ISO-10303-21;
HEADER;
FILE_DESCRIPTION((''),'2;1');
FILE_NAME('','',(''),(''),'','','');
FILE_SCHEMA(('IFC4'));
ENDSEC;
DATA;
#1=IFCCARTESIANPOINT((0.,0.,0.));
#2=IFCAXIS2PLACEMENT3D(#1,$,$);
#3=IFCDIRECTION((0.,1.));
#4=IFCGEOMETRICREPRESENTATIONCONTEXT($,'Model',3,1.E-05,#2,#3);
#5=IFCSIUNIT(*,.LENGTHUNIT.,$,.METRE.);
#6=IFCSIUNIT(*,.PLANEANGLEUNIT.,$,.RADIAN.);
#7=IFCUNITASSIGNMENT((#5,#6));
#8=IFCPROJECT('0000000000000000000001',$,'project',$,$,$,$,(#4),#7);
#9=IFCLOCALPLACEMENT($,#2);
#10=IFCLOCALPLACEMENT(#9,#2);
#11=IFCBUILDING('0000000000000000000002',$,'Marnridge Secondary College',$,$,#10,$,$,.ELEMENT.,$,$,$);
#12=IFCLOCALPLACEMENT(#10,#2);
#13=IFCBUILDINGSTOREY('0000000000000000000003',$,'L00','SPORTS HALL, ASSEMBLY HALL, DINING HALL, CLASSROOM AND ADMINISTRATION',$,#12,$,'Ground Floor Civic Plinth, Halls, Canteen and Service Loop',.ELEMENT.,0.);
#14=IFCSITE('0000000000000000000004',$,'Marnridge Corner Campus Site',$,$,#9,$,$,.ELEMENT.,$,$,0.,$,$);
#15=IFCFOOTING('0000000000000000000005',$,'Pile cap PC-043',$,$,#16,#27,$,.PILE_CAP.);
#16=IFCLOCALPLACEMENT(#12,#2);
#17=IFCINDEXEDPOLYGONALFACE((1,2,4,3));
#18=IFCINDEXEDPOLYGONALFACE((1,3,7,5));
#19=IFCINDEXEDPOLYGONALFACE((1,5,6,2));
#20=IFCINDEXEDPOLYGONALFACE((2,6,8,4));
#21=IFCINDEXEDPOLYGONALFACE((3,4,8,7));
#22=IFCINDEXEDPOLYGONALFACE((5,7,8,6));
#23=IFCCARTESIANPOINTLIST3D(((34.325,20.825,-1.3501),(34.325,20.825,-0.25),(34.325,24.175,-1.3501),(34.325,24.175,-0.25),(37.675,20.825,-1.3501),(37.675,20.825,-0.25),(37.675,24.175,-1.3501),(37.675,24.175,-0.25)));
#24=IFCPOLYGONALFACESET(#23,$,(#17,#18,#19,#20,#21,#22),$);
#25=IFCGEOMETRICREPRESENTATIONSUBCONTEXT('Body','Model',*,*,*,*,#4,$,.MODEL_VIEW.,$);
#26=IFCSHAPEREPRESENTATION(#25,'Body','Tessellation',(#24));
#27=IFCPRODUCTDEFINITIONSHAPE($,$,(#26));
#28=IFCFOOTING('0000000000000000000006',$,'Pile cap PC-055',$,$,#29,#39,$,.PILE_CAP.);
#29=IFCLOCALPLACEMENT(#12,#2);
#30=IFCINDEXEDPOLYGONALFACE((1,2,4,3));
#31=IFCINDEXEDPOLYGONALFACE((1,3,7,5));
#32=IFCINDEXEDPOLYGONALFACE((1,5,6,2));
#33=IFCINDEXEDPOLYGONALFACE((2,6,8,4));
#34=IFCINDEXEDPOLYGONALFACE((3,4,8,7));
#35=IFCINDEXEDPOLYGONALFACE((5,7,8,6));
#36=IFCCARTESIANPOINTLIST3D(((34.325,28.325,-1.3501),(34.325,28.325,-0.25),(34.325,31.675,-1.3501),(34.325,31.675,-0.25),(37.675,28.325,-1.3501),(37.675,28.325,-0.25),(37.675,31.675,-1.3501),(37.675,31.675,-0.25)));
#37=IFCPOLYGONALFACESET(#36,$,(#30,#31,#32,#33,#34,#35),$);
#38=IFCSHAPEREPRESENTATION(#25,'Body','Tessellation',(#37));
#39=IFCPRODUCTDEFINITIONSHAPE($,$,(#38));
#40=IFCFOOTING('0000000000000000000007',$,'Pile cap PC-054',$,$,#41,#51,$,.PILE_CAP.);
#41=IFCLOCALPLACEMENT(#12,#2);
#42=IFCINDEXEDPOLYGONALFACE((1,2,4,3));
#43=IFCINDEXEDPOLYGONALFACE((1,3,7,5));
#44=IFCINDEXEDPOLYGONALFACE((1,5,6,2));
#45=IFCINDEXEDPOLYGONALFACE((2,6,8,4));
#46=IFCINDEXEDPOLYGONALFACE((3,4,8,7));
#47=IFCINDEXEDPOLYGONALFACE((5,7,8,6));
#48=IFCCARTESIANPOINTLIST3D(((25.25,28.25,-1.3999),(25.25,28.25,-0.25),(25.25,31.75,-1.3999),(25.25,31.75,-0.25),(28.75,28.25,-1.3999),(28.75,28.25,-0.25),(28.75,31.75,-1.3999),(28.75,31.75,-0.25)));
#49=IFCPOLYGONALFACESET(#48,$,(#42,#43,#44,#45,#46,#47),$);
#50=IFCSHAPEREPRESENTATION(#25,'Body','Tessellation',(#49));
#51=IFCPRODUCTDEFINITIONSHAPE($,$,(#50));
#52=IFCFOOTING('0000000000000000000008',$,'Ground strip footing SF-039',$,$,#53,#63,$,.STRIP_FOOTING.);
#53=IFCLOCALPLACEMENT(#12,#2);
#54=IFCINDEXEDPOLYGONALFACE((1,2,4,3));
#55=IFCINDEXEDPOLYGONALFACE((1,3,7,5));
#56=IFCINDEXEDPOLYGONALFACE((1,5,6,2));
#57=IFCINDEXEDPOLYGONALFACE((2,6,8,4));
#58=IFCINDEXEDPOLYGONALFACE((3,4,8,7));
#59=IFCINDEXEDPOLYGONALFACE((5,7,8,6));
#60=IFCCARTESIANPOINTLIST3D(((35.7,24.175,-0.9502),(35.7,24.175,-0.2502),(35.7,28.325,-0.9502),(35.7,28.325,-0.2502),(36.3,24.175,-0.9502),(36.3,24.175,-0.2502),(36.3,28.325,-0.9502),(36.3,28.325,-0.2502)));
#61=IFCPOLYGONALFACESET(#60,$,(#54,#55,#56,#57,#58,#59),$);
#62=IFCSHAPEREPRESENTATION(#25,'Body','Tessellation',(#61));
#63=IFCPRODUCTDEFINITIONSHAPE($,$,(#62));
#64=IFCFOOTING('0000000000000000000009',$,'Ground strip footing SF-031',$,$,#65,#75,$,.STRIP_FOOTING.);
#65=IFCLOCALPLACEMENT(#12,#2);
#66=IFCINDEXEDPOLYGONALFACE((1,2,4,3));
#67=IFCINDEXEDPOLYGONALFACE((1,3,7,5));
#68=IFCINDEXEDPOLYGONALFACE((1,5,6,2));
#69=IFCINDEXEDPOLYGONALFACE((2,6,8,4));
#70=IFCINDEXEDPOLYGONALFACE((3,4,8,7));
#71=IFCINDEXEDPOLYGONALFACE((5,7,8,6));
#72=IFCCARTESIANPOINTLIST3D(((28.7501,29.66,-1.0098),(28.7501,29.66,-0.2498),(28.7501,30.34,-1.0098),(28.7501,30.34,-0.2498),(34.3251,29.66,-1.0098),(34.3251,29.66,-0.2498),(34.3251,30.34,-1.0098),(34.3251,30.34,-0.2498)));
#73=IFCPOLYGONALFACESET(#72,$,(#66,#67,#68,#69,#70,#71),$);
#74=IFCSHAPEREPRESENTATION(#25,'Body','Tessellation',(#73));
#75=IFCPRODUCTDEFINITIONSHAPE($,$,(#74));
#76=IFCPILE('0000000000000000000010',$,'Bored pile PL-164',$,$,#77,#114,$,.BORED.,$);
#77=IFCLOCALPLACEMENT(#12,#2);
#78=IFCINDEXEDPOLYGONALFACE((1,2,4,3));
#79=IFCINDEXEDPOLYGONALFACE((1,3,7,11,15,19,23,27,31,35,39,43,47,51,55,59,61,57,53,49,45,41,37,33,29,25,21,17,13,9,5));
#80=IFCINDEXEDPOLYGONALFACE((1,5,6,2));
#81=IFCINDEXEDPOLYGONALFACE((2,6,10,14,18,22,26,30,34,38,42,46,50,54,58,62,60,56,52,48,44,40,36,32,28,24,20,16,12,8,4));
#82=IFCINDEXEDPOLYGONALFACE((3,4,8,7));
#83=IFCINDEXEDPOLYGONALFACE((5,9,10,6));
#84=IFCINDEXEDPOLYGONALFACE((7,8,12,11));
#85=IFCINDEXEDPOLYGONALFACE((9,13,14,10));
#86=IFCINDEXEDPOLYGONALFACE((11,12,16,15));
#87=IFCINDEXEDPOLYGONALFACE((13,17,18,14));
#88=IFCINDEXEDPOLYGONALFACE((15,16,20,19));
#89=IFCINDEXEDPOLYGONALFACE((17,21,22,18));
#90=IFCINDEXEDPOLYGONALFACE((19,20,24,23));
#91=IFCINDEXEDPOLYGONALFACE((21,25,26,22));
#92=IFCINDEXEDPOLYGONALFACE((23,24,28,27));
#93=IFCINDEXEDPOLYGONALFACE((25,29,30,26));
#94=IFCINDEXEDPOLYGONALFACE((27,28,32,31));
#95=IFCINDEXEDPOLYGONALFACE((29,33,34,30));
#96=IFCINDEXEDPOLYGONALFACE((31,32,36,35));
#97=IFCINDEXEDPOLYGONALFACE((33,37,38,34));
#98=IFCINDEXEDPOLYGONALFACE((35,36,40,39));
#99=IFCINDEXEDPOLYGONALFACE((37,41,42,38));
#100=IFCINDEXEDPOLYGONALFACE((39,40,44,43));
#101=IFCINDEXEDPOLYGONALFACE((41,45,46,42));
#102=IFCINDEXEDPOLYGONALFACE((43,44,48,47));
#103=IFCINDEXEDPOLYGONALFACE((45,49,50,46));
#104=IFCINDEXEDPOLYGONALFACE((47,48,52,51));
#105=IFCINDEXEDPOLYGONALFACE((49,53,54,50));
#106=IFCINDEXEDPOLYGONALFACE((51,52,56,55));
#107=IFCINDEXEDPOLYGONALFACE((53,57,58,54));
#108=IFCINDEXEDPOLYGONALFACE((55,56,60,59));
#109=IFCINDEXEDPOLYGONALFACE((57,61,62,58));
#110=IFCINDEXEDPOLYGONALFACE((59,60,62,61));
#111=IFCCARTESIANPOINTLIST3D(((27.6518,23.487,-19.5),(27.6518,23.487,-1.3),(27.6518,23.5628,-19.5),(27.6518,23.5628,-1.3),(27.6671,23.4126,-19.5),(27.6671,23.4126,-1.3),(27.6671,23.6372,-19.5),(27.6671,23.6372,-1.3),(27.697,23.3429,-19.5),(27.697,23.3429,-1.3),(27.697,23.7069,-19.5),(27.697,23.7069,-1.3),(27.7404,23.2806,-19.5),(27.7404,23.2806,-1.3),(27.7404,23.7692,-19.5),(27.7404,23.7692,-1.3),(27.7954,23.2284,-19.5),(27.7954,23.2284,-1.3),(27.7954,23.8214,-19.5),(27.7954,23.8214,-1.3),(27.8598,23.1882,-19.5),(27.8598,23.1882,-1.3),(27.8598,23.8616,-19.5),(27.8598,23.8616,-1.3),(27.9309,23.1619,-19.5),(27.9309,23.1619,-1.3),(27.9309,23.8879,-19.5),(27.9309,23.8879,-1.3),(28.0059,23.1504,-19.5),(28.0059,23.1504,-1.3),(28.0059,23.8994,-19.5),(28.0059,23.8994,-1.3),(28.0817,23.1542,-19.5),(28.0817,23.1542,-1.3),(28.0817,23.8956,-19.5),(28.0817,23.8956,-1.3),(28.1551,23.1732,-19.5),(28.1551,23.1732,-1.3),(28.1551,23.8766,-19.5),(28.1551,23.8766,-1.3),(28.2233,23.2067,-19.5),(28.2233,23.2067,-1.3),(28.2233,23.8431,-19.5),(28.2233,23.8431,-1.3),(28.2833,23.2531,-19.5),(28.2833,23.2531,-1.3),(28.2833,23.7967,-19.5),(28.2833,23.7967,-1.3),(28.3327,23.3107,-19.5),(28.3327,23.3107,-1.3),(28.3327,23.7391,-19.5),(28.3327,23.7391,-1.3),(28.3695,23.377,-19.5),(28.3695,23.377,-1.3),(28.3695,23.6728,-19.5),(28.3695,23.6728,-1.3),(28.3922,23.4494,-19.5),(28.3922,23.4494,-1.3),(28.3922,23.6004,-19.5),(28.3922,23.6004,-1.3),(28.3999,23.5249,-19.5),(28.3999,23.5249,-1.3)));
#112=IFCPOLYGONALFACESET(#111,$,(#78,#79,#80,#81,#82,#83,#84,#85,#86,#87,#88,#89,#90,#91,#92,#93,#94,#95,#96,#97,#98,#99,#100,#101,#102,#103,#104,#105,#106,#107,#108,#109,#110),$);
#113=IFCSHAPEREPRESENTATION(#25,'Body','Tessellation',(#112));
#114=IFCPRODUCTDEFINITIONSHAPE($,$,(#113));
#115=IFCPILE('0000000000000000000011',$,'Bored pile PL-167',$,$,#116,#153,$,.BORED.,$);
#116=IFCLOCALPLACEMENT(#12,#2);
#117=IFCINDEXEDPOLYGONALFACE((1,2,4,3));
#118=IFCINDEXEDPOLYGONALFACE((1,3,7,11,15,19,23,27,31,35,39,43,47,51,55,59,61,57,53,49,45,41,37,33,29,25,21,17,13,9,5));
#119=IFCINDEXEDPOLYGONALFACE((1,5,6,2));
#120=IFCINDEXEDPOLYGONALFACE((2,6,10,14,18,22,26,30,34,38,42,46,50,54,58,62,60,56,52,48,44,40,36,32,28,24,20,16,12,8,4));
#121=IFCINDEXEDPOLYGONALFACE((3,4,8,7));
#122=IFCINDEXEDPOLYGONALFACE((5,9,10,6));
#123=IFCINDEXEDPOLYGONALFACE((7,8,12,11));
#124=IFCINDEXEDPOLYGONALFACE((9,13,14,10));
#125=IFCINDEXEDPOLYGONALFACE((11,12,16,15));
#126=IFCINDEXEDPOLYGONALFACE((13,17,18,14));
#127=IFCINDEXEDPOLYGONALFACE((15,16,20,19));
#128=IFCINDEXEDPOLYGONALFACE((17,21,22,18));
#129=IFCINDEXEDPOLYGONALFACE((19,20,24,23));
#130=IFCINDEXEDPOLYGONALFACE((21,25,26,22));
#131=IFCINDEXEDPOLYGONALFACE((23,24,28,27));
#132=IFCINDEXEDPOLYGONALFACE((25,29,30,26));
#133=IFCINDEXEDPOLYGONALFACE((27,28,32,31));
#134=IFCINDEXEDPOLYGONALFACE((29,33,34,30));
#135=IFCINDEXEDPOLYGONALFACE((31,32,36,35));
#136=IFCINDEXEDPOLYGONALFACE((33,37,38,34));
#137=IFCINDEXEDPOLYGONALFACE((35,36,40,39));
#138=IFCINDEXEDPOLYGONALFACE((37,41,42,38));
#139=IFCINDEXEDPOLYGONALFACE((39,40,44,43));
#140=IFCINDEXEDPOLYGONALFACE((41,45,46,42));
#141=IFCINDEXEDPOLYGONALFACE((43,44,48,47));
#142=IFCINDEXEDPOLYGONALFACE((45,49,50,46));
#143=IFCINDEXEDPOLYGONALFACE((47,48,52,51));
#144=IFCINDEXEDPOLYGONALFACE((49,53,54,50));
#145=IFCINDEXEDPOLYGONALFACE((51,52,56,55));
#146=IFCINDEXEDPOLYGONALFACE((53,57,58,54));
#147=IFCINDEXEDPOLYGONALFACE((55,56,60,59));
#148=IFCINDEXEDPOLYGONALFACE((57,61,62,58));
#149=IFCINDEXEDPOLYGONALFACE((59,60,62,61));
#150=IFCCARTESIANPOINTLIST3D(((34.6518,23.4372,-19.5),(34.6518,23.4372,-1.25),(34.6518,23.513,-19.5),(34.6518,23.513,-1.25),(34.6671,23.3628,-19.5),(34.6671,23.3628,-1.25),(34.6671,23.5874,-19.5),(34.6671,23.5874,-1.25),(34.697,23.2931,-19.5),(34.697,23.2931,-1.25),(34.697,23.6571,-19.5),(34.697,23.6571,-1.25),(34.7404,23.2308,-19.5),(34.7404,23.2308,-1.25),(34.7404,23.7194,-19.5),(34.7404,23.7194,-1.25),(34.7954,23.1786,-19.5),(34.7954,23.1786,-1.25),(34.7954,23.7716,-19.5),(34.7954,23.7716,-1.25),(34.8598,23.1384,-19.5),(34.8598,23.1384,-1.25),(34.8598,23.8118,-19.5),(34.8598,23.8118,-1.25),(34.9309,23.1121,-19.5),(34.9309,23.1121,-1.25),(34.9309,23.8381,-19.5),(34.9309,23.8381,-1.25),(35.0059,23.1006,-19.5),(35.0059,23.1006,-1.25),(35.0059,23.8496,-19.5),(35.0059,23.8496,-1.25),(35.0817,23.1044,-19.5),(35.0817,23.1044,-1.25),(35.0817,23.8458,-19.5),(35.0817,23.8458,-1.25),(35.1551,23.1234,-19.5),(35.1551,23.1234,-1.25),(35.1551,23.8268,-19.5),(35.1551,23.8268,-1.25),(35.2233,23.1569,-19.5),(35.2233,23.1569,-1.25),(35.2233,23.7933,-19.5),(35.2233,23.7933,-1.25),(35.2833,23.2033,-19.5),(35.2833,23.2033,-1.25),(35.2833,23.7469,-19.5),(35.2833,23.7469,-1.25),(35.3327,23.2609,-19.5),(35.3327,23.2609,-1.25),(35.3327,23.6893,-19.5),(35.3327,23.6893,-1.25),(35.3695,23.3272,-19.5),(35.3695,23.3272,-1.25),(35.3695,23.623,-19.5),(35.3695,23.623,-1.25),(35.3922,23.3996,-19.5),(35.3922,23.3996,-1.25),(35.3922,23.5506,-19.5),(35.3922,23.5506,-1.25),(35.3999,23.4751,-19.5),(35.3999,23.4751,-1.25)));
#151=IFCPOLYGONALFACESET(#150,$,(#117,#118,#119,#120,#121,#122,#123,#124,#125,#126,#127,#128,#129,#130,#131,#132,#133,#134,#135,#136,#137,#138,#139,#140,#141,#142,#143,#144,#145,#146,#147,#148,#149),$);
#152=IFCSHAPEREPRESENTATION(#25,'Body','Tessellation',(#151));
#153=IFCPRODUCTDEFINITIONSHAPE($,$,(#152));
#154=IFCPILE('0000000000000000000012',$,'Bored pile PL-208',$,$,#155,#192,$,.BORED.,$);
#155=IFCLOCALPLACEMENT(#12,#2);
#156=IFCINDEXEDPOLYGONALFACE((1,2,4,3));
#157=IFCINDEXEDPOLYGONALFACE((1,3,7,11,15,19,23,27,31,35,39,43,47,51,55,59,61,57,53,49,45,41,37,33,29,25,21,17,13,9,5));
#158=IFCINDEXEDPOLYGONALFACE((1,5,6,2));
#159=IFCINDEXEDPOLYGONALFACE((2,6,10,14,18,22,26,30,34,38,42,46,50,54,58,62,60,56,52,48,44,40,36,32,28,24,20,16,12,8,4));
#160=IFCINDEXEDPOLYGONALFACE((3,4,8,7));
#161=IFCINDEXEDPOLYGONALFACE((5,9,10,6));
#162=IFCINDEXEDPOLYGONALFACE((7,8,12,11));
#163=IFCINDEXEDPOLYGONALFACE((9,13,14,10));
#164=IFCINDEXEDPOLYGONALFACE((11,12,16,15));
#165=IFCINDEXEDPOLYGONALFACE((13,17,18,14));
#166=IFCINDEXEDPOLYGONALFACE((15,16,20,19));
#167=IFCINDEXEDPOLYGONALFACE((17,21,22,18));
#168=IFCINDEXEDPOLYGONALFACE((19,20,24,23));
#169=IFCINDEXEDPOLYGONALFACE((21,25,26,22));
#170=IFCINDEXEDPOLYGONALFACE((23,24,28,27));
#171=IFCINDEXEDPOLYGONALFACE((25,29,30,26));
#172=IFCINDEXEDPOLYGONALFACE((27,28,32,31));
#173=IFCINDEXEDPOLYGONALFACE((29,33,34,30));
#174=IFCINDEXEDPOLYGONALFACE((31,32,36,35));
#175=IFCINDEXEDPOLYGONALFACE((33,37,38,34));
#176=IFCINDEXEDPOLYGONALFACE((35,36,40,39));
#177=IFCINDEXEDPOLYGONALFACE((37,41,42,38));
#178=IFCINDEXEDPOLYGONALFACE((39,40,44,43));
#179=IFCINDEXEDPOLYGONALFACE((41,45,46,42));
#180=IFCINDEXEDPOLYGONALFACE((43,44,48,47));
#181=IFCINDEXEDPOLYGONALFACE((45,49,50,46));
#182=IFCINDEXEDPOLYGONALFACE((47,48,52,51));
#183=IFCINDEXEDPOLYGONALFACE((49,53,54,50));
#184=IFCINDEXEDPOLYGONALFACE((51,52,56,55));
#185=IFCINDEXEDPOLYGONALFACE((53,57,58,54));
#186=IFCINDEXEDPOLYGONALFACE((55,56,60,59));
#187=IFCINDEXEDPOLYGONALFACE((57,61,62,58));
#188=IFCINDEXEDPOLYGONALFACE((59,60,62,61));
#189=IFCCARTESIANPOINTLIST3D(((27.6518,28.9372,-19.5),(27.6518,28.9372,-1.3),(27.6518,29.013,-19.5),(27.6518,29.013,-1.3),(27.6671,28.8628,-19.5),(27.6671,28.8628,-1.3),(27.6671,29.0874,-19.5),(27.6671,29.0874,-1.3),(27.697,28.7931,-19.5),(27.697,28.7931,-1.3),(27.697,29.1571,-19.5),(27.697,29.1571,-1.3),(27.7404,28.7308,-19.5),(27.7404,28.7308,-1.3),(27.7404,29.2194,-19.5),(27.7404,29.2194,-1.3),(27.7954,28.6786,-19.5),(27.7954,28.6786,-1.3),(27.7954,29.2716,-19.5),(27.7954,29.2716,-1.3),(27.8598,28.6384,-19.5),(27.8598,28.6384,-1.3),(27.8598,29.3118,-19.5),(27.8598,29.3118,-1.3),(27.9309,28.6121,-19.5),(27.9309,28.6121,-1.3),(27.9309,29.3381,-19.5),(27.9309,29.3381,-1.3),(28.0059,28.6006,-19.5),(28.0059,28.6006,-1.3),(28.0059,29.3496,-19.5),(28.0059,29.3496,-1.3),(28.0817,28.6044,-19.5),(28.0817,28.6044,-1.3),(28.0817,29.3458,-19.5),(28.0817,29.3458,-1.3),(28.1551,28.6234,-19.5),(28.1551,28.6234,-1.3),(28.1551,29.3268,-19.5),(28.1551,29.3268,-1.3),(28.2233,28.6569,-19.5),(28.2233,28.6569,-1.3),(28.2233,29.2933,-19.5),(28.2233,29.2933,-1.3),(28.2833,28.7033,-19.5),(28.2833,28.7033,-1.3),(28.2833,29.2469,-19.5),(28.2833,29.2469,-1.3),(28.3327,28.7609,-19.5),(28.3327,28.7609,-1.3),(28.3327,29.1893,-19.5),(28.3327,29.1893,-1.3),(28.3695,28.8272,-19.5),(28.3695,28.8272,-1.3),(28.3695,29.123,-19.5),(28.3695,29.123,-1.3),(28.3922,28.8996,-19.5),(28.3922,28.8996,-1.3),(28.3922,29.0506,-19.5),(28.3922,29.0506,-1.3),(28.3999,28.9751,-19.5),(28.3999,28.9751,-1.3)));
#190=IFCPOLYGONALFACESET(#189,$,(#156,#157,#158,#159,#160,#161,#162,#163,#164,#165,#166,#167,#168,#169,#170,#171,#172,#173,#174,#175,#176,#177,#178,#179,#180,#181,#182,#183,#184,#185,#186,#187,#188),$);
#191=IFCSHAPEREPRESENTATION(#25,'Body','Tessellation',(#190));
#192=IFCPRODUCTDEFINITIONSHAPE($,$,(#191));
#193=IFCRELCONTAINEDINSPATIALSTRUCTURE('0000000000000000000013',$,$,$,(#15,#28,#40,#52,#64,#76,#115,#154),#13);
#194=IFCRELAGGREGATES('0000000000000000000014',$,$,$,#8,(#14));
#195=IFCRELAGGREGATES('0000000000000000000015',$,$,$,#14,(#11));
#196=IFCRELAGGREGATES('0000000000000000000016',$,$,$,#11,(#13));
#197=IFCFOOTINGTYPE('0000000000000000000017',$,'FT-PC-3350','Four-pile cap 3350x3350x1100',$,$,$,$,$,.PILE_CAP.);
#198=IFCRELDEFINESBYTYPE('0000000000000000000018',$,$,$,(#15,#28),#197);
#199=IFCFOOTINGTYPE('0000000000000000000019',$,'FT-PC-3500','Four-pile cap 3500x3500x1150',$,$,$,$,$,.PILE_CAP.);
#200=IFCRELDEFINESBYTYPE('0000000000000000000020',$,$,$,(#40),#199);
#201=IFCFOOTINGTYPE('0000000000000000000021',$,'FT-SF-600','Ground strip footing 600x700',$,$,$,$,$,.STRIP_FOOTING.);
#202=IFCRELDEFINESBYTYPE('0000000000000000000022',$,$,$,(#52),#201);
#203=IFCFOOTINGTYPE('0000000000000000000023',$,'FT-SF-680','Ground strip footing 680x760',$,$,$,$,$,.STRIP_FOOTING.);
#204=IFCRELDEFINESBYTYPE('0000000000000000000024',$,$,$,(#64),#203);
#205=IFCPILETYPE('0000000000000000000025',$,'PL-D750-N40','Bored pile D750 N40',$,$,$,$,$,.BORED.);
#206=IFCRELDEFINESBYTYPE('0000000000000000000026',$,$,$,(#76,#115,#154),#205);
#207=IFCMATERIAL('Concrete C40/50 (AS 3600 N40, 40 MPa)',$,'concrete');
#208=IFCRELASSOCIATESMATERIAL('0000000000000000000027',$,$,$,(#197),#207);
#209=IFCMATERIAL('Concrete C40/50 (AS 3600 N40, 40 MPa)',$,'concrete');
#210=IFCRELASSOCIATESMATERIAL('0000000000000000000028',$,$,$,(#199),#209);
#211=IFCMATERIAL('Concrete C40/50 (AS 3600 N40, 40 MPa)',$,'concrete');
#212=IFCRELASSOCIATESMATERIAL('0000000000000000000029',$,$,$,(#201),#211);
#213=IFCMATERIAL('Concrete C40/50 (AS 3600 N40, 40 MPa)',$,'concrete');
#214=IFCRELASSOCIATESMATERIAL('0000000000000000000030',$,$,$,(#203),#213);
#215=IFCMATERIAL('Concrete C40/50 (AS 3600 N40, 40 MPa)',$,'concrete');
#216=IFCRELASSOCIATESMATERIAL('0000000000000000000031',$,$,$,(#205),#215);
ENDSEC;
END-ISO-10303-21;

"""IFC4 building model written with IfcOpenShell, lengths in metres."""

from ifc_helpers import new_model, si_unit, direction, frame, origin, origin_2d, place, context, subcontext, project, spatial, rectangle, circle, extrude, material, material_profile, profile_set, type_object, element, save


model = new_model("IFC4")

# Units and contexts
model_context = context("Model", 3, precision=1e-05, world=origin(), true_north=direction((0.0, 1.0)))
body_context = subcontext(model_context, "Body", "Model", "MODEL_VIEW")
ifc_project = project(units=[si_unit("LENGTHUNIT", "METRE"), si_unit("PLANEANGLEUNIT", "RADIAN")], contexts=[model_context])

# Site, building, storey
site_placement = place(None, origin())
site = spatial("IfcSite", under=ifc_project, at=site_placement, Name="Marnridge Corner Campus Site", CompositionType="ELEMENT", RefElevation=0.0)
building_placement = place(site_placement, origin())
building = spatial("IfcBuilding", under=site, at=building_placement, Name="Marnridge Secondary College", CompositionType="ELEMENT")
storey_placement = place(building_placement, origin())
storey = spatial("IfcBuildingStorey", under=building, at=storey_placement, Name="L00", Description="SPORTS HALL, ASSEMBLY HALL, DINING HALL, CLASSROOM AND ADMINISTRATION", LongName="Ground Floor Civic Plinth, Halls, Canteen and Service Loop", CompositionType="ELEMENT", Elevation=0.0)

# Footings
ifc_material_1 = material(Name="Concrete C40/50 (AS 3600 N40, 40 MPa)", Category="concrete")
footing_type_1 = type_object("IfcFootingType", Name="FT-PC-3350", Description="Four-pile cap 3350x3350x1100", PredefinedType="PILE_CAP", material=ifc_material_1)
for number, where, z_axis, x_axis, name in (
    (1, (36.0, 22.5, -1.3501), (0.0, 0.0, 1.0), (1.0, 0.0, 0.0), "Pile cap PC-043"),
    (2, (36.0, 30.0, -1.3501), (0.0, 0.0, 1.0), (1.0, 0.0, 0.0), "Pile cap PC-055"),
):
    element("IfcFooting", number, at=place(storey_placement, frame(where, z_axis=z_axis, x_axis=x_axis)), inside=storey, type_object=footing_type_1, Name=name, PredefinedType="PILE_CAP", context=body_context, shape_type="SweptSolid", body=[
        extrude(rectangle(XDim=3.3501, YDim=3.3501, at=origin_2d()), origin(), (0.0, 0.0, 1.0), 1.1001),
    ])
ifc_material_2 = material(Name="Concrete C40/50 (AS 3600 N40, 40 MPa)", Category="concrete")
footing_type_2 = type_object("IfcFootingType", Name="FT-PC-3500", Description="Four-pile cap 3500x3500x1150", PredefinedType="PILE_CAP", material=ifc_material_2)
footing_1_placement = place(storey_placement, frame((27.0, 30.0, -1.3999), z_axis=(0.0, 0.0, 1.0), x_axis=(1.0, 0.0, 0.0)))
element("IfcFooting", 3, at=footing_1_placement, inside=storey, type_object=footing_type_2, Name="Pile cap PC-054", PredefinedType="PILE_CAP", context=body_context, shape_type="SweptSolid", body=[
    extrude(rectangle(XDim=3.5, YDim=3.5, at=origin_2d()), origin(), (0.0, 0.0, 1.0), 1.1499),
])
ifc_material_3 = material(Name="Concrete C40/50 (AS 3600 N40, 40 MPa)", Category="concrete")
footing_type_3 = type_object("IfcFootingType", Name="FT-SF-600", Description="Ground strip footing 600x700", PredefinedType="STRIP_FOOTING", material=ifc_material_3)
footing_2_placement = place(storey_placement, frame((36.0, 26.25, -0.9502), z_axis=(0.0, 0.0, 1.0), x_axis=(1.0, 0.0, 0.0)))
element("IfcFooting", 4, at=footing_2_placement, inside=storey, type_object=footing_type_3, Name="Ground strip footing SF-039", PredefinedType="STRIP_FOOTING", context=body_context, shape_type="SweptSolid", body=[
    extrude(rectangle(XDim=0.6001, YDim=4.1499, at=origin_2d()), origin(), (0.0, 0.0, 1.0), 0.7),
])
ifc_material_4 = material(Name="Concrete C40/50 (AS 3600 N40, 40 MPa)", Category="concrete")
footing_type_4 = type_object("IfcFootingType", Name="FT-SF-680", Description="Ground strip footing 680x760", PredefinedType="STRIP_FOOTING", material=ifc_material_4)
footing_3_placement = place(storey_placement, frame((31.5376, 30.0, -1.0098), z_axis=(0.0, 0.0, 1.0), x_axis=(1.0, 0.0, 0.0)))
element("IfcFooting", 5, at=footing_3_placement, inside=storey, type_object=footing_type_4, Name="Ground strip footing SF-031", PredefinedType="STRIP_FOOTING", context=body_context, shape_type="SweptSolid", body=[
    extrude(rectangle(XDim=5.575, YDim=0.6799, at=origin_2d()), origin(), (0.0, 0.0, 1.0), 0.76),
])

# Piles
ifc_material_5 = material(Name="Concrete C40/50 (AS 3600 N40, 40 MPa)", Category="concrete")
ifc_material_profile_1 = material_profile(ifc_material_5, circle(Radius=0.375, at=origin_2d()), Name="PILE D750")
ifc_profile_set_1 = profile_set([ifc_material_profile_1], Name="Concrete C40/50 (AS 3600 N40, 40 MPa)")
pile_type = type_object("IfcPileType", Name="PL-D750-N40", Description="Bored pile D750 N40", PredefinedType="BORED", material=ifc_profile_set_1)
pile_1_placement = place(storey_placement, frame((28.0249, 23.5249, -1.3), z_axis=(0.0, 0.0, -1.0), x_axis=(1.0, 0.0, 0.0)))
element("IfcPile", 6, at=pile_1_placement, inside=storey, type_object=pile_type, Name="Bored pile PL-164", PredefinedType="BORED", context=body_context, shape_type="SweptSolid", body=[
    extrude(circle(Radius=0.375, at=origin_2d()), origin(), (0.0, 0.0, 1.0), 18.2),
])
pile_2_placement = place(storey_placement, frame((35.0249, 23.4751, -1.25), z_axis=(0.0, 0.0, -1.0), x_axis=(1.0, 0.0, 0.0)))
element("IfcPile", 7, at=pile_2_placement, inside=storey, type_object=pile_type, Name="Bored pile PL-167", PredefinedType="BORED", context=body_context, shape_type="SweptSolid", body=[
    extrude(circle(Radius=0.375, at=origin_2d()), origin(), (0.0, 0.0, 1.0), 18.25),
])
pile_3_placement = place(storey_placement, frame((28.0249, 28.9751, -1.3), z_axis=(0.0, 0.0, -1.0), x_axis=(1.0, 0.0, 0.0)))
element("IfcPile", 8, at=pile_3_placement, inside=storey, type_object=pile_type, Name="Bored pile PL-208", PredefinedType="BORED", context=body_context, shape_type="SweptSolid", body=[
    extrude(circle(Radius=0.375, at=origin_2d()), origin(), (0.0, 0.0, 1.0), 18.2),
])

save(model, "model.ifc")
